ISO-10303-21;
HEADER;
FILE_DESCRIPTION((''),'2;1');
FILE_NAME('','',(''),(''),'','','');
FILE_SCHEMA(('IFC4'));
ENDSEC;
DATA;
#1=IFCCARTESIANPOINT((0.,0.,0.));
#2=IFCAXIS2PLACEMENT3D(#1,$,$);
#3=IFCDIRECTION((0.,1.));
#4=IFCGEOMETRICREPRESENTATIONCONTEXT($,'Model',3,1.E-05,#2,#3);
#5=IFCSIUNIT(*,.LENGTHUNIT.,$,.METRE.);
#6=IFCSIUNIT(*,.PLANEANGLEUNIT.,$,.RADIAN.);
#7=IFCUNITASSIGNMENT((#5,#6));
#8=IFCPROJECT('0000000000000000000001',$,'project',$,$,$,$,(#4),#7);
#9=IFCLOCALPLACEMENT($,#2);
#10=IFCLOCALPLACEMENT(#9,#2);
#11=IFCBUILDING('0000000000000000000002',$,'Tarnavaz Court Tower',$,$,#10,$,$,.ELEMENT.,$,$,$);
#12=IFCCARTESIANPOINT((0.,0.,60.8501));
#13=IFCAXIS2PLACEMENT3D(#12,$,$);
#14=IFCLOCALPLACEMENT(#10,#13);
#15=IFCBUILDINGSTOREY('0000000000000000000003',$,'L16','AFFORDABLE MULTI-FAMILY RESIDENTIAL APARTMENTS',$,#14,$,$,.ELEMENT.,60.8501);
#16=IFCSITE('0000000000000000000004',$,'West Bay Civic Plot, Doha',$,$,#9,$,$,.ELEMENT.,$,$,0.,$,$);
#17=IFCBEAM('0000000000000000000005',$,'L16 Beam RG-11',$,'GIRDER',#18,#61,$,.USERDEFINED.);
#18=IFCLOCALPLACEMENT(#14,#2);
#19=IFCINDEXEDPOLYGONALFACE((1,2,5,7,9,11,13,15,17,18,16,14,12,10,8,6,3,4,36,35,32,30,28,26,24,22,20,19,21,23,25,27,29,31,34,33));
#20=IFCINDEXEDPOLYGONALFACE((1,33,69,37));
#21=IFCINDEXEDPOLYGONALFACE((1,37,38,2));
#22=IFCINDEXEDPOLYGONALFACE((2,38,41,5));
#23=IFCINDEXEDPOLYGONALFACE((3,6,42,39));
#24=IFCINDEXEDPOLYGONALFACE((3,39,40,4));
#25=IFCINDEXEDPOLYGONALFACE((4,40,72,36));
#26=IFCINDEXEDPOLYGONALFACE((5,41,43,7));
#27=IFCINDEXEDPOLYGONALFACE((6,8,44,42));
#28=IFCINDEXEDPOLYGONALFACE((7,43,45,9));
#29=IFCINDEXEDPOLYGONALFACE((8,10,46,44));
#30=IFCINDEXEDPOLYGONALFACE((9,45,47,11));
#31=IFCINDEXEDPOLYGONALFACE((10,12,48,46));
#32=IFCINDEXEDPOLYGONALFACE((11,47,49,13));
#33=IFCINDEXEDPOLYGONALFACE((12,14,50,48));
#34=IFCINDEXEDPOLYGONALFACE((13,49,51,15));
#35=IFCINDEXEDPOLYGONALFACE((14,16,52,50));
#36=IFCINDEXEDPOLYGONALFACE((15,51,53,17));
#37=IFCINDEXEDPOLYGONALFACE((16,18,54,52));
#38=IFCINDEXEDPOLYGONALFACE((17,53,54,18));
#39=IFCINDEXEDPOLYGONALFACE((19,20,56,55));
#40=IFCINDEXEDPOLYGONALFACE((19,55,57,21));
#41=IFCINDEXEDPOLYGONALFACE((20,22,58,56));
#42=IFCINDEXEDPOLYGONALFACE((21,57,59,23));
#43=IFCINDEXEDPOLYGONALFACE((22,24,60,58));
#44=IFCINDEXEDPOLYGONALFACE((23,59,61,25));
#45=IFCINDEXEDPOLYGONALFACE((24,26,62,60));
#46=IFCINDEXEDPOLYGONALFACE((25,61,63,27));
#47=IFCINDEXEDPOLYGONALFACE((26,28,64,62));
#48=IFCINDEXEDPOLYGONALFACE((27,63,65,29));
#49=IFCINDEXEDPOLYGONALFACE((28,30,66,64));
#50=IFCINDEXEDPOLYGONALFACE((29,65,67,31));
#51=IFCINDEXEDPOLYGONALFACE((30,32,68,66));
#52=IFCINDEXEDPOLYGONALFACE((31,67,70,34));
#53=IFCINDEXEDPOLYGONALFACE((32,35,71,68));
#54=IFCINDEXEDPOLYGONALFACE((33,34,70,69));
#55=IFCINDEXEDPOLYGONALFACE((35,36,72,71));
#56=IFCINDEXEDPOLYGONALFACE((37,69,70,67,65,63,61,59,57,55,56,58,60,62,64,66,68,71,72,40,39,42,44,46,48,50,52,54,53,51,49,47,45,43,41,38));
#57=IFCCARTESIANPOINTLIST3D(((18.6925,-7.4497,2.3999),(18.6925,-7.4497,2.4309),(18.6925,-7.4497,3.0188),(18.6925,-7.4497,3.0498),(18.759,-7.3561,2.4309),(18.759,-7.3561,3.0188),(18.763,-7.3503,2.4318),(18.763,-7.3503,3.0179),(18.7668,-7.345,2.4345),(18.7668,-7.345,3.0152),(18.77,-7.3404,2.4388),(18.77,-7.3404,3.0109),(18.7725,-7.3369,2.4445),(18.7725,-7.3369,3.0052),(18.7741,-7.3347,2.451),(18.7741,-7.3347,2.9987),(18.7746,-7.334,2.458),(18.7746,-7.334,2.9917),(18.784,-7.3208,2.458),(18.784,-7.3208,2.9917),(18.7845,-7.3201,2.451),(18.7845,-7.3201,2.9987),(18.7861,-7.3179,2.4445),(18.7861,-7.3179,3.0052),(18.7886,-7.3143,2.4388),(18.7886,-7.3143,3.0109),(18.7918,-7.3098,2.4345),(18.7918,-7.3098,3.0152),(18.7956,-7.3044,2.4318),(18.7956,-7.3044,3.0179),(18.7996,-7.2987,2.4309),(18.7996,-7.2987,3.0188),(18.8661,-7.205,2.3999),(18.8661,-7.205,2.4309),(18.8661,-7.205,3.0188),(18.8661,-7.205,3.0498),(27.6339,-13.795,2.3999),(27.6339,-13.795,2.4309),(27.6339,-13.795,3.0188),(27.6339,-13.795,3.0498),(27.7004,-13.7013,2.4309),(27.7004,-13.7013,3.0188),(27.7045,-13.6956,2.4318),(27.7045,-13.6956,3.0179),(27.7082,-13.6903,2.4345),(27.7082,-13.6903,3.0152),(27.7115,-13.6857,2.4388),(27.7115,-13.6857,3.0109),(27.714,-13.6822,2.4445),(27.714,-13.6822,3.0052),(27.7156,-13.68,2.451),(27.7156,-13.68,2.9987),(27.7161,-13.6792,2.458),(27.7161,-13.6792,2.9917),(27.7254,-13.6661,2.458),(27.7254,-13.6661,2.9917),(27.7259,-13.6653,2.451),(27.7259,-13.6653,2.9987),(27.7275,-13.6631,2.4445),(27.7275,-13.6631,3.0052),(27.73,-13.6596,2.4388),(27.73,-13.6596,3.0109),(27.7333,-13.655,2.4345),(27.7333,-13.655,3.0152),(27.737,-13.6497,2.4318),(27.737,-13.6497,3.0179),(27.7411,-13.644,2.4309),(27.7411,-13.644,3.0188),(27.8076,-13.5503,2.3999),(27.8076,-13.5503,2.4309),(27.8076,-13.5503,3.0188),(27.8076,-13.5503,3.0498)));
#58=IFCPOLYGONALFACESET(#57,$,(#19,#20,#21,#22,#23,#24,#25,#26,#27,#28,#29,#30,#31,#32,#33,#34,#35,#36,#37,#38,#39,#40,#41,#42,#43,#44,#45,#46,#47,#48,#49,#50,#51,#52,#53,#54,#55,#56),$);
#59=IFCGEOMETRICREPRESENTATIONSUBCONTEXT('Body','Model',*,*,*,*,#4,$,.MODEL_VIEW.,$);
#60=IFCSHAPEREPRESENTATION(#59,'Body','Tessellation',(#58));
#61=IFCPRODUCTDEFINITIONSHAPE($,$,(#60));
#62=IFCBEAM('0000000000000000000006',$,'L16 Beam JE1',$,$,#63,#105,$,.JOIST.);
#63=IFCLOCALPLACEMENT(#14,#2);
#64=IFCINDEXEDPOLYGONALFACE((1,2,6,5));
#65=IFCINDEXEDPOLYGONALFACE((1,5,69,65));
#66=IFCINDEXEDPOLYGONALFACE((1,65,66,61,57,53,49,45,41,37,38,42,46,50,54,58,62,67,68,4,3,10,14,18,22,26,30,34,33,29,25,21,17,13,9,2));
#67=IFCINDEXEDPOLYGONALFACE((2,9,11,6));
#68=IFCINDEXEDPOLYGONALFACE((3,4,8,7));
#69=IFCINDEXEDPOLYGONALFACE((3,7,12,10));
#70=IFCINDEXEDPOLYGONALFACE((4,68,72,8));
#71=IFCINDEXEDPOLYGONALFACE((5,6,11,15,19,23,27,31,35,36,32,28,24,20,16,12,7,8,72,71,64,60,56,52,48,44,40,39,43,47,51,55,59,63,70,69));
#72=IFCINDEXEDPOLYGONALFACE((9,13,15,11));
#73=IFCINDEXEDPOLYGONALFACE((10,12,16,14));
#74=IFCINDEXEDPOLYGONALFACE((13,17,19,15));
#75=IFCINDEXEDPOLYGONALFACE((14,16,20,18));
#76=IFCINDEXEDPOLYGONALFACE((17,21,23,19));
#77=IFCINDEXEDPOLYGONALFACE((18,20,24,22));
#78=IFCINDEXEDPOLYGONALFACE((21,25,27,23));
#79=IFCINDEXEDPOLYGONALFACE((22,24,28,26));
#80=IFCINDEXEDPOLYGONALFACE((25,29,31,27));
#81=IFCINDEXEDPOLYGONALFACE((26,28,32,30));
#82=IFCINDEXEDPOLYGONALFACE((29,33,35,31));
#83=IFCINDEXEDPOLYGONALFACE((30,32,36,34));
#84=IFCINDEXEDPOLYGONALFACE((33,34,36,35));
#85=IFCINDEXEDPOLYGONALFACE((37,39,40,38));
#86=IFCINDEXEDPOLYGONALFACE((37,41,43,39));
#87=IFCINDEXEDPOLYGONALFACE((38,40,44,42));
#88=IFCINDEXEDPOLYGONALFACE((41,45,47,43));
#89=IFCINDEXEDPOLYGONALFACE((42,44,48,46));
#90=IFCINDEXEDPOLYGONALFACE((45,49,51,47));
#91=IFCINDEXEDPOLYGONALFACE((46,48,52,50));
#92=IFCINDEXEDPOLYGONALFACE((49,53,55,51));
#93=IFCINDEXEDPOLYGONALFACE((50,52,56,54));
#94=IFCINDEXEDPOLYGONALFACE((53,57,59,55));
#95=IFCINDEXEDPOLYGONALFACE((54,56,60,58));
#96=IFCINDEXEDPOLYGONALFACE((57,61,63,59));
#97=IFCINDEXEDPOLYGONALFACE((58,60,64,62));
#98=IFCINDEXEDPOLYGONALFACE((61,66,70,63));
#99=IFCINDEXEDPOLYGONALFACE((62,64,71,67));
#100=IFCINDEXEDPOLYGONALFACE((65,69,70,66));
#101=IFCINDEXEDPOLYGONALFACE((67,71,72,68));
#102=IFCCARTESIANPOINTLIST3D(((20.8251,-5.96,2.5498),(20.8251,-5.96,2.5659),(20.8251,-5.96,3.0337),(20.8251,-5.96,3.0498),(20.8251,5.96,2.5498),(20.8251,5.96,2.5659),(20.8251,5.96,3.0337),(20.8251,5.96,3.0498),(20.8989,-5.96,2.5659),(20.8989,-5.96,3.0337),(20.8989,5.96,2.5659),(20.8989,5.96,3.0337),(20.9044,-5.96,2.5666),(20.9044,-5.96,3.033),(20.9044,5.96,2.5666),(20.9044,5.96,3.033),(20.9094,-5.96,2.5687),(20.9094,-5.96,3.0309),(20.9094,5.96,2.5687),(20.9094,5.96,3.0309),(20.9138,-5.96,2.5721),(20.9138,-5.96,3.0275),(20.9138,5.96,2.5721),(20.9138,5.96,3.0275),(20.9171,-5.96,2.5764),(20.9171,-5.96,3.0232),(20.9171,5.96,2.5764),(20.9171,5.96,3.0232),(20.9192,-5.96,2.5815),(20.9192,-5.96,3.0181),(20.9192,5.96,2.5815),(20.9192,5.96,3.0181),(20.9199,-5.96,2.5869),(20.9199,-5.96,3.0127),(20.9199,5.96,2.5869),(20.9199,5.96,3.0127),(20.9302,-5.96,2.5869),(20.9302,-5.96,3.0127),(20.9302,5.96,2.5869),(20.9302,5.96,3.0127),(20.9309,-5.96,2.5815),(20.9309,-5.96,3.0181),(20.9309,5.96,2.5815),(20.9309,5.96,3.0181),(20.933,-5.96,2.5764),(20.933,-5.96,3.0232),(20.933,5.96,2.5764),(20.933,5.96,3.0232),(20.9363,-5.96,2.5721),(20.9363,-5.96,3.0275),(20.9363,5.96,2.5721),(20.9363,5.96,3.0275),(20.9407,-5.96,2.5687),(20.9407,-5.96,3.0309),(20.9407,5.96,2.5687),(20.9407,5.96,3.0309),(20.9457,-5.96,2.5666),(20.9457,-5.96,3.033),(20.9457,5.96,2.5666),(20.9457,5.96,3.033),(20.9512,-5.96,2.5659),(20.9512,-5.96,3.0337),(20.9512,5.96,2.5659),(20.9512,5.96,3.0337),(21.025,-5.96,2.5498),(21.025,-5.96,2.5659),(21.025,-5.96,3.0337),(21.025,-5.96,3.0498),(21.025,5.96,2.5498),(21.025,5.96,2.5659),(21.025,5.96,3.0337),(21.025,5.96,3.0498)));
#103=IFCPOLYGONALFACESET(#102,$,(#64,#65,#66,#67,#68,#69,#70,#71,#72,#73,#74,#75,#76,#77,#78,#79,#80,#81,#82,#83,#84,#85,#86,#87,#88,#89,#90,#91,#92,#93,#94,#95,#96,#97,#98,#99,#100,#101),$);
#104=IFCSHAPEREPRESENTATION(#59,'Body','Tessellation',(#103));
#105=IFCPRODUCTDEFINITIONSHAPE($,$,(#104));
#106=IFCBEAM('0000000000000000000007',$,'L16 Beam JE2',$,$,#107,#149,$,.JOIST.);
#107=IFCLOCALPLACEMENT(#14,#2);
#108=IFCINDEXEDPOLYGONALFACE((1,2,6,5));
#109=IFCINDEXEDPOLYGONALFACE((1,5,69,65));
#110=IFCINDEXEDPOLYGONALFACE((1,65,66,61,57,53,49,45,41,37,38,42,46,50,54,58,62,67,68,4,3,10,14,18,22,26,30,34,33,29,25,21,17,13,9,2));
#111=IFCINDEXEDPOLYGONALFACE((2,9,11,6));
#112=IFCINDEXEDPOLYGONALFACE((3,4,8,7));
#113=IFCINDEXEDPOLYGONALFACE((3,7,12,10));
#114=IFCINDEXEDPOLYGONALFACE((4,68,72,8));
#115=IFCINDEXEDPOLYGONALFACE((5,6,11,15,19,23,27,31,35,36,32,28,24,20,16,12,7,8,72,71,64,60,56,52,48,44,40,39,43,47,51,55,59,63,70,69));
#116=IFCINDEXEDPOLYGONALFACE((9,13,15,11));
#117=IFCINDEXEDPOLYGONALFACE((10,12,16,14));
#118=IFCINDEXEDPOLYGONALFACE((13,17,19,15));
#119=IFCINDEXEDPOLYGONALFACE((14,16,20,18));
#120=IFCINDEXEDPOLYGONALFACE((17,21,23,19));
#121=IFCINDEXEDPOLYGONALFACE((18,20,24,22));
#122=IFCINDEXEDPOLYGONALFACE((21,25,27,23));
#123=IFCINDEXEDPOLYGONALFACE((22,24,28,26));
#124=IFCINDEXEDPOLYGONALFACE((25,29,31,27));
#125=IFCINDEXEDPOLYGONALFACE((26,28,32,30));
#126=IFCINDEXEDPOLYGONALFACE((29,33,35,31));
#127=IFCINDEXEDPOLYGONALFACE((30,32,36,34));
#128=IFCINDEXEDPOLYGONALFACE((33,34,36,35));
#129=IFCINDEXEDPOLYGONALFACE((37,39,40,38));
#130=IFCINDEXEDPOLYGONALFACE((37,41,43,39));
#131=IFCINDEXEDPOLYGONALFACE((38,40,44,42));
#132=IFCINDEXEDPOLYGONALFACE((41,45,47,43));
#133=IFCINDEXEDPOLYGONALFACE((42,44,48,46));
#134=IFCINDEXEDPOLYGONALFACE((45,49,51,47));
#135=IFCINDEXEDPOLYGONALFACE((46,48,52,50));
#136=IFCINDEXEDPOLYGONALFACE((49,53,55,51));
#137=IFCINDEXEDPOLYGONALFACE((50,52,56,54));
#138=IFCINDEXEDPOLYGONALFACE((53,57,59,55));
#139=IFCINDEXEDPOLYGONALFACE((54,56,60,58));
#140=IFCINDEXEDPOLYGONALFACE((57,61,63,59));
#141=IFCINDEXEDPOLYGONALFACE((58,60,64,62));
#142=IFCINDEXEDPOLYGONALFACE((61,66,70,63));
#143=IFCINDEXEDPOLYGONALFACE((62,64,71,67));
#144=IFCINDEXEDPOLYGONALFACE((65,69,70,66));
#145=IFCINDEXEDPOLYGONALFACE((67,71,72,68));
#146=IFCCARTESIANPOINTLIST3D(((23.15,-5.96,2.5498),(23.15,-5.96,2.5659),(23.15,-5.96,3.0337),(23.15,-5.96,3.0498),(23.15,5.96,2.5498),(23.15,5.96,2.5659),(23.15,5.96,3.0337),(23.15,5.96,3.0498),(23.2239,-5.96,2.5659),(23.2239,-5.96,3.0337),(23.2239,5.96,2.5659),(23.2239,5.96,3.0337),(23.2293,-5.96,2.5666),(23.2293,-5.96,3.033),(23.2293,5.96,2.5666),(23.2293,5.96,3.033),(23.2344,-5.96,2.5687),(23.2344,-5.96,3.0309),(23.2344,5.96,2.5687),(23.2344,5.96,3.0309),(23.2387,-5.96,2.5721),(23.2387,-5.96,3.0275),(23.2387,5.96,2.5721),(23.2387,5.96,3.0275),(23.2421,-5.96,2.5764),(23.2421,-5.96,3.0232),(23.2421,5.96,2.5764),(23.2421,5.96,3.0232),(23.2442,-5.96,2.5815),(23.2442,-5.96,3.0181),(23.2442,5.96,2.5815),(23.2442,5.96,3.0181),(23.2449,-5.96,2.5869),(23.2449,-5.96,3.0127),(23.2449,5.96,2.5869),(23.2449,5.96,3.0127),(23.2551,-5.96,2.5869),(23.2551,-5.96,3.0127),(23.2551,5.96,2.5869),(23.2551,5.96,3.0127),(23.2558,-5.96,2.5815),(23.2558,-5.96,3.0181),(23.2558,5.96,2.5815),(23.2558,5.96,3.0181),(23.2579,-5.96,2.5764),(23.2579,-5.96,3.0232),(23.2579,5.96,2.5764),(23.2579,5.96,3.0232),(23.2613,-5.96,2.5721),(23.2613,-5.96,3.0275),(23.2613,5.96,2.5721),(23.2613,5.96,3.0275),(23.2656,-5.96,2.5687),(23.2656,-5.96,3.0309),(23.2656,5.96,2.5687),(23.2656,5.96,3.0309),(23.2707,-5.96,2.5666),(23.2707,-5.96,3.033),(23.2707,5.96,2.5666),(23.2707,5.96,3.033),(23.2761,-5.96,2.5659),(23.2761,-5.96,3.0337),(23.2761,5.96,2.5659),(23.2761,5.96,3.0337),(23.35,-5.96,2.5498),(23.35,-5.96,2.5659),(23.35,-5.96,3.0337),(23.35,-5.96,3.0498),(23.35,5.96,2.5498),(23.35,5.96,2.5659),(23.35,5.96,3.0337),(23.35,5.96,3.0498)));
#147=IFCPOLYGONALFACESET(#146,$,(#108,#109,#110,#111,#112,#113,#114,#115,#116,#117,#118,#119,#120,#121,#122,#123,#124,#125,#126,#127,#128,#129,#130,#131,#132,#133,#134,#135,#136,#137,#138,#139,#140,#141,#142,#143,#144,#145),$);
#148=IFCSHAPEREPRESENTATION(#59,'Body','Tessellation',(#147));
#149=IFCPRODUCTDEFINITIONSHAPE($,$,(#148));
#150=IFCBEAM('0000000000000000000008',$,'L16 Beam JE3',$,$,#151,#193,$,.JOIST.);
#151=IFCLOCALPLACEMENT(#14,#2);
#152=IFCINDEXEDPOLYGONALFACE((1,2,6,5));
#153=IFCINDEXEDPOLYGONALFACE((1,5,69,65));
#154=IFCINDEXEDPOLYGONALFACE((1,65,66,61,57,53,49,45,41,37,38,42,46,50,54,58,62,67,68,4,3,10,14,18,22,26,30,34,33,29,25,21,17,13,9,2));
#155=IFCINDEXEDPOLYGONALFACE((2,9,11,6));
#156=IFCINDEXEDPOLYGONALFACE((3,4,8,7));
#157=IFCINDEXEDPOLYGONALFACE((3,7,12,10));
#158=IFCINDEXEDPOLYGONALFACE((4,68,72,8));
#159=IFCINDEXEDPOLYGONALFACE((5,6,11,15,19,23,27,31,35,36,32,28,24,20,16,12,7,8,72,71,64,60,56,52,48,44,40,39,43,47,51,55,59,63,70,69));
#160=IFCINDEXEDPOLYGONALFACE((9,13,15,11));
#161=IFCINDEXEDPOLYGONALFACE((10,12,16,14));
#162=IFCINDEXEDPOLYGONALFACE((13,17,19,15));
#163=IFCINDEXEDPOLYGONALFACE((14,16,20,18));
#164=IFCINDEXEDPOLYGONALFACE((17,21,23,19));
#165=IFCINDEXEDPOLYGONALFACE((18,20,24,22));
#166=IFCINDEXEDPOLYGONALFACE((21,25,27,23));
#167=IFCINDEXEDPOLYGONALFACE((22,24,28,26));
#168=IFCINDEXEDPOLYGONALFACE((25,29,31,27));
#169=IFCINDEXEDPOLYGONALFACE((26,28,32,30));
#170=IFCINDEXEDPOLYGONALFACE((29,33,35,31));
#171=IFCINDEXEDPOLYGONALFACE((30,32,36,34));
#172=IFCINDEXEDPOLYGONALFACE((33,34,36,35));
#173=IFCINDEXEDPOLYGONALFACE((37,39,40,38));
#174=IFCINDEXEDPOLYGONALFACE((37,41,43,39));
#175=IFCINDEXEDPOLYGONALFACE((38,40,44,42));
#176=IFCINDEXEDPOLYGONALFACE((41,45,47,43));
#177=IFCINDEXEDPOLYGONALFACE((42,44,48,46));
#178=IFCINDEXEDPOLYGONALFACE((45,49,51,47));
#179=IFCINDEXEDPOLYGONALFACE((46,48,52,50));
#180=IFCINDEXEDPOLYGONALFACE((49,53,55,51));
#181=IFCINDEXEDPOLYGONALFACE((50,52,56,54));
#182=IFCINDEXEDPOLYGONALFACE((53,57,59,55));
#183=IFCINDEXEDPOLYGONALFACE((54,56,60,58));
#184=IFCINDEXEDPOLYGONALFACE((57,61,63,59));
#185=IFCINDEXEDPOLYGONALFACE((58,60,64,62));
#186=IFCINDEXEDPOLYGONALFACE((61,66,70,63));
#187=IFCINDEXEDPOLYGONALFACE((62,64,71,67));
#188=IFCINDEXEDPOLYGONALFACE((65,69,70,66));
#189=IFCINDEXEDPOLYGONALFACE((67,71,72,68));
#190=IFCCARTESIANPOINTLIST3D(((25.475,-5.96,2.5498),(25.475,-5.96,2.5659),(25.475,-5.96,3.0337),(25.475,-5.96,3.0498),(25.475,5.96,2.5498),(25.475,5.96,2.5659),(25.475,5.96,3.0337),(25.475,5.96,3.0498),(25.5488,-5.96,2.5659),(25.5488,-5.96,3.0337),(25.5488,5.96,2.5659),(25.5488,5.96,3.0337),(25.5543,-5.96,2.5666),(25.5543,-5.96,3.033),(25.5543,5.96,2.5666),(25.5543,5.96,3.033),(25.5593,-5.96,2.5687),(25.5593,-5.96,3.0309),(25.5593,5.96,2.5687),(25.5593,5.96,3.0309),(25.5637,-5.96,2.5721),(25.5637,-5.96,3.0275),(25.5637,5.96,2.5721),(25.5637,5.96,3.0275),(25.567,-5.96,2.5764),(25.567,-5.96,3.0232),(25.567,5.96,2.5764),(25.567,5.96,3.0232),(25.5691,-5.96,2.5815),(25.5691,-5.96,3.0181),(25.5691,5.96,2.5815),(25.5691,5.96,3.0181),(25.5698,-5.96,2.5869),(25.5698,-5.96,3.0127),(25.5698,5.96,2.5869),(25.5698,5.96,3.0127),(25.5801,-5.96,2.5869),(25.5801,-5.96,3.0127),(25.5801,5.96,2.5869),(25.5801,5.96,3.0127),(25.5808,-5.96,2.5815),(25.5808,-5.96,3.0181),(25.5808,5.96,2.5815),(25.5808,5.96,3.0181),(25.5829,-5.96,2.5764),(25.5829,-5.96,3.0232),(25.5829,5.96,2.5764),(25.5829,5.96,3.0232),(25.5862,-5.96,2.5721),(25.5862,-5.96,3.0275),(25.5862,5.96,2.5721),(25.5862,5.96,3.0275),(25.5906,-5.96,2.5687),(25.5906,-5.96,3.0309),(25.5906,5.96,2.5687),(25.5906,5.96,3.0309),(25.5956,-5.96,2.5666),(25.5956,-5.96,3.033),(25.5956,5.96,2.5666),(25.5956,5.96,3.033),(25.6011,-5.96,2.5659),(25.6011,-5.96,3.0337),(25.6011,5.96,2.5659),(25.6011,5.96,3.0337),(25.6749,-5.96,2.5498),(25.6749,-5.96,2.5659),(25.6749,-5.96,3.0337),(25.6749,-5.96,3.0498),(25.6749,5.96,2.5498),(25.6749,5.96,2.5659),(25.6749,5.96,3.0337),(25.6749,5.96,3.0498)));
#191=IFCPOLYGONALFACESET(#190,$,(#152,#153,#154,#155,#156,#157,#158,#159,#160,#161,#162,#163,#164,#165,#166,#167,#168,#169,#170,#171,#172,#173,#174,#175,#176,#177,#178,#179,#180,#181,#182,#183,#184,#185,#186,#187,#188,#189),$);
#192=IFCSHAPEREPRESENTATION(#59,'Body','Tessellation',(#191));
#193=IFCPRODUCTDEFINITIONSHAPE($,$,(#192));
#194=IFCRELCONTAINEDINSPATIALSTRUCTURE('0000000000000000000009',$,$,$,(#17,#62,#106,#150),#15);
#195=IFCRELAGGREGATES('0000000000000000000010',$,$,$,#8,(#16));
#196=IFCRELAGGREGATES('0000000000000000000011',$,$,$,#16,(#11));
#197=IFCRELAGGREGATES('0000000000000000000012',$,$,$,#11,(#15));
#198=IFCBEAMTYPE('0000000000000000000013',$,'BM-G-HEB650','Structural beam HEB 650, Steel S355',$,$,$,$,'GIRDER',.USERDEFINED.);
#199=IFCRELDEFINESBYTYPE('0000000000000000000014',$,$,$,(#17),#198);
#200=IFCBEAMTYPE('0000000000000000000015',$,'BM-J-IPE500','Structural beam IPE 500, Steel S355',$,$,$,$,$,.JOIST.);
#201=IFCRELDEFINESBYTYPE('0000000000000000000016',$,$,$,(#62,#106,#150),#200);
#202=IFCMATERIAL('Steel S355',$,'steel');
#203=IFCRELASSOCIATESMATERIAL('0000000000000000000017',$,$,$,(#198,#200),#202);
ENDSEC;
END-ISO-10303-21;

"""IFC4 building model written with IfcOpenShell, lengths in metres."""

from ifc_helpers import new_model, si_unit, direction, frame, origin, origin_2d, place, context, subcontext, project, spatial, i_section, extrude, material, material_profile, profile_set, type_object, element, save


model = new_model("IFC4")

# Units and contexts
model_context = context("Model", 3, precision=1e-05, world=origin(), true_north=direction((0.0, 1.0)))
body_context = subcontext(model_context, "Body", "Model", "MODEL_VIEW")
ifc_project = project(units=[si_unit("LENGTHUNIT", "METRE"), si_unit("PLANEANGLEUNIT", "RADIAN")], contexts=[model_context])

# Site, building, storey
site_placement = place(None, origin())
site = spatial("IfcSite", under=ifc_project, at=site_placement, Name="West Bay Civic Plot, Doha", CompositionType="ELEMENT", RefElevation=0.0)
building_placement = place(site_placement, origin())
building = spatial("IfcBuilding", under=site, at=building_placement, Name="Tarnavaz Court Tower", CompositionType="ELEMENT")
storey_placement = place(building_placement, frame((0.0, 0.0, 60.8501)))
storey = spatial("IfcBuildingStorey", under=building, at=storey_placement, Name="L16", Description="AFFORDABLE MULTI-FAMILY RESIDENTIAL APARTMENTS", CompositionType="ELEMENT", Elevation=60.8501)

# Beams
ifc_material_1 = material(Name="Steel S355", Category="steel")
ifc_material_profile_1 = material_profile(ifc_material_1, i_section(OverallWidth=0.3, OverallDepth=0.6499, WebThickness=0.0161, FlangeThickness=0.031, FilletRadius=0.0271, at=origin_2d()), Name="HEB 650")
ifc_profile_set_1 = profile_set([ifc_material_profile_1], Name="Steel S355")
beam_type_1 = type_object("IfcBeamType", Name="BM-G-HEB650", Description="Structural beam HEB 650, Steel S355", ElementType="GIRDER", PredefinedType="USERDEFINED", material=ifc_profile_set_1)
beam_1_placement = place(storey_placement, frame((18.7793, -7.3274, 2.7249), z_axis=(0.81552, -0.578729, 0.0), x_axis=(0.578729, 0.81552, 0.0)))
element("IfcBeam", 1, at=beam_1_placement, inside=storey, type_object=beam_type_1, Name="L16 Beam RG-11", ObjectType="GIRDER", PredefinedType="USERDEFINED", context=body_context, shape_type="SweptSolid", body=[
    extrude(i_section(OverallWidth=0.3, OverallDepth=0.6499, WebThickness=0.0161, FlangeThickness=0.031, FilletRadius=0.0271, at=origin_2d()), origin(), (0.0, 0.0, 1.0), 10.9641),
])
ifc_material_profile_2 = material_profile(ifc_material_1, i_section(OverallWidth=0.2, OverallDepth=0.5, WebThickness=0.0103, FlangeThickness=0.0161, FilletRadius=0.021, at=origin_2d()), Name="IPE 500")
ifc_profile_set_2 = profile_set([ifc_material_profile_2], Name="Steel S355")
beam_type_2 = type_object("IfcBeamType", Name="BM-J-IPE500", Description="Structural beam IPE 500, Steel S355", PredefinedType="JOIST", material=ifc_profile_set_2)
for number, where, z_axis, x_axis, name in (
    (2, (20.925, -5.96, 2.7998), (0.0, 1.0, 0.0), (-1.0, 0.0, 0.0), "L16 Beam JE1"),
    (3, (23.25, -5.96, 2.7998), (0.0, 1.0, 0.0), (-1.0, 0.0, 0.0), "L16 Beam JE2"),
    (4, (25.575, -5.96, 2.7998), (0.0, 1.0, 0.0), (-1.0, 0.0, 0.0), "L16 Beam JE3"),
):
    element("IfcBeam", number, at=place(storey_placement, frame(where, z_axis=z_axis, x_axis=x_axis)), inside=storey, type_object=beam_type_2, Name=name, PredefinedType="JOIST", context=body_context, shape_type="SweptSolid", body=[
        extrude(i_section(OverallWidth=0.2, OverallDepth=0.5, WebThickness=0.0103, FlangeThickness=0.0161, FilletRadius=0.021, at=origin_2d()), origin(), (0.0, 0.0, 1.0), 11.9199),
    ])

save(model, "model.ifc")
